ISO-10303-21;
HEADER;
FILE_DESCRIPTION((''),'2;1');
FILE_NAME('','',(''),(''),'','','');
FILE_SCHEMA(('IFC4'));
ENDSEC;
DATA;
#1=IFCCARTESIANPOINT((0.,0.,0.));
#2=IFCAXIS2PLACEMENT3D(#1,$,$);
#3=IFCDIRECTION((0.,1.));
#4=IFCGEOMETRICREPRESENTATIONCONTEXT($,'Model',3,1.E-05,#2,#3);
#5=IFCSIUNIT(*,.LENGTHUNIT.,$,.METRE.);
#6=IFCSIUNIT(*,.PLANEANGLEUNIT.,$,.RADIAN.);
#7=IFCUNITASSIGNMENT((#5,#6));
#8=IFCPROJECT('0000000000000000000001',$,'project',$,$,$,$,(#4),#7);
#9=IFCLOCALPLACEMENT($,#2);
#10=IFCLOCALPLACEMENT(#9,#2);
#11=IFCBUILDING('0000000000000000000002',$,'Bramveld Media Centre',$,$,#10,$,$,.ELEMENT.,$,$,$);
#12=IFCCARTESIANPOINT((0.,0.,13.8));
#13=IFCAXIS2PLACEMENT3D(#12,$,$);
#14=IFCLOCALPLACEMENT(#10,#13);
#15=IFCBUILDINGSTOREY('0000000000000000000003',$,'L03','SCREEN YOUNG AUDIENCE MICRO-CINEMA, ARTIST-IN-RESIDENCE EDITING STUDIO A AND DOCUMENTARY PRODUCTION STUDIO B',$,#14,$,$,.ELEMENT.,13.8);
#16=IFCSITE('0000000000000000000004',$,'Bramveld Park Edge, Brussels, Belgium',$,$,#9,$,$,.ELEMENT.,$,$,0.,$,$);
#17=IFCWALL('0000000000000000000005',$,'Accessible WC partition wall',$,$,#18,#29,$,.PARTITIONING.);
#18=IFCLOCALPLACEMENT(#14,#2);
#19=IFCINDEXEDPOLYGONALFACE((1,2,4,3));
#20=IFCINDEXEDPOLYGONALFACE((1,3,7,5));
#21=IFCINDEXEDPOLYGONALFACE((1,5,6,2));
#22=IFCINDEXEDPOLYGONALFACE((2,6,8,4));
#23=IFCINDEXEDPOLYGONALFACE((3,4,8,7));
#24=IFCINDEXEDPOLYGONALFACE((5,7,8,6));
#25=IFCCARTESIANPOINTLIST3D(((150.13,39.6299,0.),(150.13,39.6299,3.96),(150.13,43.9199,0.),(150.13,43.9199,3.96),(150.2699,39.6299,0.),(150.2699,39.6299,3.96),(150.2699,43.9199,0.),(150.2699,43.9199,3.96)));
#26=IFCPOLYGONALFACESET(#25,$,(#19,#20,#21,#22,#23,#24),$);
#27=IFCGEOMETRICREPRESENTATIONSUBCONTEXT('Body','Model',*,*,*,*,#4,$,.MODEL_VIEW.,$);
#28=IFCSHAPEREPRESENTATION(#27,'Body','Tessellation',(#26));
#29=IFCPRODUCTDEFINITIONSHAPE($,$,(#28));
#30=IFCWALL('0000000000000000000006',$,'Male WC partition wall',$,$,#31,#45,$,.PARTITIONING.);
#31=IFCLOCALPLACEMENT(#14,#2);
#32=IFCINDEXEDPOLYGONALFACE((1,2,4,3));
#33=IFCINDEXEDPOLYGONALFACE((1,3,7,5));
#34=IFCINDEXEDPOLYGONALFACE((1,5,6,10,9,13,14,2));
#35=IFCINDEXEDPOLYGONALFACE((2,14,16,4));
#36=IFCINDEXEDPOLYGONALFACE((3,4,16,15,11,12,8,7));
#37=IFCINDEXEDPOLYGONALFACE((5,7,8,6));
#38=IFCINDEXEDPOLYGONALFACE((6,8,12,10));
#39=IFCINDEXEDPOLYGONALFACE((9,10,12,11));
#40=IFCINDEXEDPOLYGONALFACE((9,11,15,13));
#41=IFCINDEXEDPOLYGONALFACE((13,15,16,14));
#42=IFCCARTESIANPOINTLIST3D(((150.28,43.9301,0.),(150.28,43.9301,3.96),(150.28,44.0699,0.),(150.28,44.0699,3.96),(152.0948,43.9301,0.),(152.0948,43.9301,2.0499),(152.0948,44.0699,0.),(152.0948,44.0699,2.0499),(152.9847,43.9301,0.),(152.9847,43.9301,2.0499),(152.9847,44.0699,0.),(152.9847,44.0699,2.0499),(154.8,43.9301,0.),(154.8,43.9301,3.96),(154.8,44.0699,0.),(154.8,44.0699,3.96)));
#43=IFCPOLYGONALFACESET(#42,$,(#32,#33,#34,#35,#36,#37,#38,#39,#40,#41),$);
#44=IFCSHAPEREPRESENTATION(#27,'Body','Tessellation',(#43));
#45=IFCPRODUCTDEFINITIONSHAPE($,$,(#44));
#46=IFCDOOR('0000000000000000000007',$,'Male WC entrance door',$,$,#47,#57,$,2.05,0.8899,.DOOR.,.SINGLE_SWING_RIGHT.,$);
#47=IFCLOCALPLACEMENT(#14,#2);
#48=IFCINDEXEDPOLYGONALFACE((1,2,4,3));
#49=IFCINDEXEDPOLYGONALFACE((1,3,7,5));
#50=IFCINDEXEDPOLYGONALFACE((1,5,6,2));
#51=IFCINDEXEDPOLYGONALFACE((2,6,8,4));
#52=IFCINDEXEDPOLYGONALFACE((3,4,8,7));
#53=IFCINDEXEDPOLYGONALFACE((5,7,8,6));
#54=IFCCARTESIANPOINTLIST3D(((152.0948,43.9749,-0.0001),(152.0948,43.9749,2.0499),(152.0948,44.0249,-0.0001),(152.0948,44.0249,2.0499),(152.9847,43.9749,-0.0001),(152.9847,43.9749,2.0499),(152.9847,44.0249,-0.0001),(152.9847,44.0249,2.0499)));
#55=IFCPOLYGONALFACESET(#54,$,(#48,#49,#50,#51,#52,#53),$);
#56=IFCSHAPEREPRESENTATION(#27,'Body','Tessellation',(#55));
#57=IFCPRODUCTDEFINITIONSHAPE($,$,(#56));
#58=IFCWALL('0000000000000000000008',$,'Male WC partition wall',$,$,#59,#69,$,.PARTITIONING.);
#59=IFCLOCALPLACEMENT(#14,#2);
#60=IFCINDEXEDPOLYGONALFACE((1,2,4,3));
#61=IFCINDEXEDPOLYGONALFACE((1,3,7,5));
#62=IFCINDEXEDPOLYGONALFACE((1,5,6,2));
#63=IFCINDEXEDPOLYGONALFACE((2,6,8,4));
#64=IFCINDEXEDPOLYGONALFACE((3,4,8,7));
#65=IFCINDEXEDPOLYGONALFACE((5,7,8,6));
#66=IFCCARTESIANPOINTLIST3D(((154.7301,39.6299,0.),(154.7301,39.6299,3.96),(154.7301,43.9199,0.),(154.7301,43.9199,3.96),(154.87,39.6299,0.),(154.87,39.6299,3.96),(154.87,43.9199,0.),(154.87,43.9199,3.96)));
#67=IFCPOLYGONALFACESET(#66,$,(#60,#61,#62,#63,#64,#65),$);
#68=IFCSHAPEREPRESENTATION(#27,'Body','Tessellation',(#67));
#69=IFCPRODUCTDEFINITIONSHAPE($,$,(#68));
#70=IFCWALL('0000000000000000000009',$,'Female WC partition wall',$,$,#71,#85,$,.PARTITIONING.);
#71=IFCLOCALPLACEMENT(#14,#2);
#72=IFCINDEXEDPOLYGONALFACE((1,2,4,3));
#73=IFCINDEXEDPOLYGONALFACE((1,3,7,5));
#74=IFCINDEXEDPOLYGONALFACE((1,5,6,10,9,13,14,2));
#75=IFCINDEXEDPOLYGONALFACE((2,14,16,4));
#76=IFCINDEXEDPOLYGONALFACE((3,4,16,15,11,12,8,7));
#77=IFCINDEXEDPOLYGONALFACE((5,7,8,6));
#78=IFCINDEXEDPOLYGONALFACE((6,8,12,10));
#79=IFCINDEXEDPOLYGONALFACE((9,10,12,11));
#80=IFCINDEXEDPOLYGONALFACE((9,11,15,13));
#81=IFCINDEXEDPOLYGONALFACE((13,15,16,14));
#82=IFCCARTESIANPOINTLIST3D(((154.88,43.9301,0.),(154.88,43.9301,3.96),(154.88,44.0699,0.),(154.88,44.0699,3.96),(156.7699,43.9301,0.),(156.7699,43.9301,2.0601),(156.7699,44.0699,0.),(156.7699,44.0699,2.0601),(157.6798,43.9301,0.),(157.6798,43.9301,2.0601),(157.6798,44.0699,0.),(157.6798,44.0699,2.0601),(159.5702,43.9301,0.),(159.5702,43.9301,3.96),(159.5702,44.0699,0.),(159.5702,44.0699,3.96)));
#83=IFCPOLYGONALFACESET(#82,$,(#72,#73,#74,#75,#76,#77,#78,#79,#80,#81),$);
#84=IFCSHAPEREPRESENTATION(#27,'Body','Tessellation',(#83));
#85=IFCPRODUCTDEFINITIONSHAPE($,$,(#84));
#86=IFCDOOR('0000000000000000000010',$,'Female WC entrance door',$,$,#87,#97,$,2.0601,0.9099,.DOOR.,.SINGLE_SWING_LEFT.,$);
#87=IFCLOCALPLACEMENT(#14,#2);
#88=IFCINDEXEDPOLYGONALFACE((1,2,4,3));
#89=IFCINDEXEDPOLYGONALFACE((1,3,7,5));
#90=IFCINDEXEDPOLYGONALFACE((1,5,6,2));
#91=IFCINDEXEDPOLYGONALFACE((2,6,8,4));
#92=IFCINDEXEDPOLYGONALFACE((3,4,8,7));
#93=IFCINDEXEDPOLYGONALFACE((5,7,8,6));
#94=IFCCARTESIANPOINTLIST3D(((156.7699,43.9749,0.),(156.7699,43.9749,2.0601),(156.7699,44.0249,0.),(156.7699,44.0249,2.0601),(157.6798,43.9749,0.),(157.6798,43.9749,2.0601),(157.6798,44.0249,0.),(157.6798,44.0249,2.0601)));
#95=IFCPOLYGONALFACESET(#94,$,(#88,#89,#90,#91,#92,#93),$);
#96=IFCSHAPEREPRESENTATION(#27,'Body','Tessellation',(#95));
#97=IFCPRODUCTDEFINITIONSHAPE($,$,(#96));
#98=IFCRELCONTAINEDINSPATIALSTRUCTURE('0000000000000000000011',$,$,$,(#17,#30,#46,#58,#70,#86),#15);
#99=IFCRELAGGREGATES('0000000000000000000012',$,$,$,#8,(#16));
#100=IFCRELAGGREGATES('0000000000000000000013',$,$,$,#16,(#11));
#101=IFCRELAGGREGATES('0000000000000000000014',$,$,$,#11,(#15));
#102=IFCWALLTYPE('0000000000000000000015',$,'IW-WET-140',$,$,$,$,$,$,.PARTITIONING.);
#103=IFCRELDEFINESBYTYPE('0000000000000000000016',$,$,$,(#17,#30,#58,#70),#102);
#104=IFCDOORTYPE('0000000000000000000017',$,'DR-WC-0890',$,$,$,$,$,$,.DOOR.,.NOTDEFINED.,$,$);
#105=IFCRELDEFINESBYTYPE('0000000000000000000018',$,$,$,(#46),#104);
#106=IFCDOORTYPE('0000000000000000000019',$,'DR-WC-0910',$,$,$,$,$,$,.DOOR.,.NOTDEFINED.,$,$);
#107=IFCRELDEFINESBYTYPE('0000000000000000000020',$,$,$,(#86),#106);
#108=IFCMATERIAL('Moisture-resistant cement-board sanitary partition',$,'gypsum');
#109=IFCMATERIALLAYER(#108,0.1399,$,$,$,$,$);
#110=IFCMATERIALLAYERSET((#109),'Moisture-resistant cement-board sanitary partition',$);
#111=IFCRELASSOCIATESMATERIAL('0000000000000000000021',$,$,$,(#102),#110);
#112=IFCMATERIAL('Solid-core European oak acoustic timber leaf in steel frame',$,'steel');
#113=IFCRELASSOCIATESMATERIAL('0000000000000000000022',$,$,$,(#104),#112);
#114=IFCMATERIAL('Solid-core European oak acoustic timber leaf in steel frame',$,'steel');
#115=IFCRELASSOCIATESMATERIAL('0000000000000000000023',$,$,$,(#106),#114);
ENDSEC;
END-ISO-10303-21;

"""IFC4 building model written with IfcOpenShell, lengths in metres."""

from ifc_helpers import new_model, si_unit, direction, frame, frame_2d, origin, place, context, subcontext, project, spatial, rectangle, extrude, material, layer, layer_set, type_object, element, fill, save


model = new_model("IFC4")

# Units and contexts
model_context = context("Model", 3, precision=1e-05, world=origin(), true_north=direction((0.0, 1.0)))
body_context = subcontext(model_context, "Body", "Model", "MODEL_VIEW")
ifc_project = project(units=[si_unit("LENGTHUNIT", "METRE"), si_unit("PLANEANGLEUNIT", "RADIAN")], contexts=[model_context])

# Site, building, storey
site_placement = place(None, origin())
site = spatial("IfcSite", under=ifc_project, at=site_placement, Name="Bramveld Park Edge, Brussels, Belgium", CompositionType="ELEMENT", RefElevation=0.0)
building_placement = place(site_placement, origin())
building = spatial("IfcBuilding", under=site, at=building_placement, Name="Bramveld Media Centre", CompositionType="ELEMENT")
storey_placement = place(building_placement, frame((0.0, 0.0, 13.8)))
storey = spatial("IfcBuildingStorey", under=building, at=storey_placement, Name="L03", Description="SCREEN YOUNG AUDIENCE MICRO-CINEMA, ARTIST-IN-RESIDENCE EDITING STUDIO A AND DOCUMENTARY PRODUCTION STUDIO B", CompositionType="ELEMENT", Elevation=13.8)

# Wall
ifc_material_1 = material(Name="Moisture-resistant cement-board sanitary partition", Category="gypsum")
ifc_layer_1 = layer(ifc_material_1, 0.1399)
ifc_layer_set_1 = layer_set([ifc_layer_1], Name="Moisture-resistant cement-board sanitary partition")
wall_type_1 = type_object("IfcWallType", Name="IW-WET-140", PredefinedType="PARTITIONING", material=ifc_layer_set_1)
wall_1_placement = place(storey_placement, frame((150.2, 39.6299, 0.0), z_axis=(0.0, 0.0, 1.0), x_axis=(0.0, 1.0, 0.0)))
element("IfcWall", 1, at=wall_1_placement, inside=storey, type_object=wall_type_1, Name="Accessible WC partition wall", PredefinedType="PARTITIONING", context=body_context, shape_type="SweptSolid", body=[
    extrude(rectangle(XDim=4.29, YDim=0.1399, at=frame_2d((2.145, 0.0))), origin(), (0.0, 0.0, 1.0), 3.96),
])

# Wall, opening, door
wall_2_placement = place(storey_placement, frame((150.28, 44.0, 0.0), z_axis=(0.0, 0.0, 1.0), x_axis=(1.0, 0.0, 0.0)))
wall_2 = element("IfcWall", 2, at=wall_2_placement, inside=storey, type_object=wall_type_1, Name="Male WC partition wall", PredefinedType="PARTITIONING", context=body_context, shape_type="SweptSolid", body=[
    extrude(rectangle(XDim=4.52, YDim=0.1399, at=frame_2d((2.26, 0.0))), origin(), (0.0, 0.0, 1.0), 3.96),
])
opening_1_placement = place(wall_2_placement, frame((1.8149, 0.0, 0.0)))
opening_1 = element("IfcOpeningElement", 3, at=opening_1_placement, cuts=wall_2, PredefinedType="OPENING", context=body_context, shape_type="SweptSolid", body=[
    extrude(rectangle(XDim=0.8899, YDim=2.05, at=frame_2d((0.4448, 1.0249))), frame((0.0, 0.082, 0.0), z_axis=(0.0, -1.0, 0.0), x_axis=(1.0, 0.0, 0.0)), (0.0, 0.0, 1.0), 0.1638),
])
ifc_material_2 = material(Name="Solid-core European oak acoustic timber leaf in steel frame", Category="steel")
door_type_1 = type_object("IfcDoorType", Name="DR-WC-0890", OperationType="NOTDEFINED", PredefinedType="DOOR", material=ifc_material_2)
door_1_placement = place(opening_1_placement, origin())
door_1 = element("IfcDoor", 4, at=door_1_placement, inside=storey, type_object=door_type_1, Name="Male WC entrance door", OperationType="SINGLE_SWING_RIGHT", OverallHeight=2.05, OverallWidth=0.8899, PredefinedType="DOOR", context=body_context, shape_type="SweptSolid", body=[
    extrude(rectangle(XDim=0.8899, YDim=2.05, at=frame_2d((0.4448, 1.0249))), frame((0.0, 0.0249, 0.0), z_axis=(0.0, -1.0, 0.0), x_axis=(1.0, 0.0, 0.0)), (0.0, 0.0, 1.0), 0.05),
])
fill(opening_1, door_1)

# Wall
wall_3_placement = place(storey_placement, frame((154.8, 39.6299, 0.0), z_axis=(0.0, 0.0, 1.0), x_axis=(0.0, 1.0, 0.0)))
element("IfcWall", 5, at=wall_3_placement, inside=storey, type_object=wall_type_1, Name="Male WC partition wall", PredefinedType="PARTITIONING", context=body_context, shape_type="SweptSolid", body=[
    extrude(rectangle(XDim=4.29, YDim=0.1399, at=frame_2d((2.145, 0.0))), origin(), (0.0, 0.0, 1.0), 3.96),
])

# Wall, opening, door
wall_4_placement = place(storey_placement, frame((154.8799, 44.0, 0.0), z_axis=(0.0, 0.0, 1.0), x_axis=(1.0, 0.0, 0.0)))
wall_4 = element("IfcWall", 6, at=wall_4_placement, inside=storey, type_object=wall_type_1, Name="Female WC partition wall", PredefinedType="PARTITIONING", context=body_context, shape_type="SweptSolid", body=[
    extrude(rectangle(XDim=4.6902, YDim=0.1399, at=frame_2d((2.3452, 0.0))), origin(), (0.0, 0.0, 1.0), 3.96),
])
opening_2_placement = place(wall_4_placement, frame((1.8899, 0.0, 0.0)))
opening_2 = element("IfcOpeningElement", 7, at=opening_2_placement, cuts=wall_4, PredefinedType="OPENING", context=body_context, shape_type="SweptSolid", body=[
    extrude(rectangle(XDim=0.9099, YDim=2.0601, at=frame_2d((0.4551, 1.03))), frame((0.0, 0.082, 0.0), z_axis=(0.0, -1.0, 0.0), x_axis=(1.0, 0.0, 0.0)), (0.0, 0.0, 1.0), 0.1638),
])
ifc_material_3 = material(Name="Solid-core European oak acoustic timber leaf in steel frame", Category="steel")
door_type_2 = type_object("IfcDoorType", Name="DR-WC-0910", OperationType="NOTDEFINED", PredefinedType="DOOR", material=ifc_material_3)
door_2_placement = place(opening_2_placement, origin())
door_2 = element("IfcDoor", 8, at=door_2_placement, inside=storey, type_object=door_type_2, Name="Female WC entrance door", OperationType="SINGLE_SWING_LEFT", OverallHeight=2.0601, OverallWidth=0.9099, PredefinedType="DOOR", context=body_context, shape_type="SweptSolid", body=[
    extrude(rectangle(XDim=0.9099, YDim=2.0601, at=frame_2d((0.4551, 1.03))), frame((0.0, 0.0249, 0.0), z_axis=(0.0, -1.0, 0.0), x_axis=(1.0, 0.0, 0.0)), (0.0, 0.0, 1.0), 0.05),
])
fill(opening_2, door_2)

save(model, "model.ifc")
